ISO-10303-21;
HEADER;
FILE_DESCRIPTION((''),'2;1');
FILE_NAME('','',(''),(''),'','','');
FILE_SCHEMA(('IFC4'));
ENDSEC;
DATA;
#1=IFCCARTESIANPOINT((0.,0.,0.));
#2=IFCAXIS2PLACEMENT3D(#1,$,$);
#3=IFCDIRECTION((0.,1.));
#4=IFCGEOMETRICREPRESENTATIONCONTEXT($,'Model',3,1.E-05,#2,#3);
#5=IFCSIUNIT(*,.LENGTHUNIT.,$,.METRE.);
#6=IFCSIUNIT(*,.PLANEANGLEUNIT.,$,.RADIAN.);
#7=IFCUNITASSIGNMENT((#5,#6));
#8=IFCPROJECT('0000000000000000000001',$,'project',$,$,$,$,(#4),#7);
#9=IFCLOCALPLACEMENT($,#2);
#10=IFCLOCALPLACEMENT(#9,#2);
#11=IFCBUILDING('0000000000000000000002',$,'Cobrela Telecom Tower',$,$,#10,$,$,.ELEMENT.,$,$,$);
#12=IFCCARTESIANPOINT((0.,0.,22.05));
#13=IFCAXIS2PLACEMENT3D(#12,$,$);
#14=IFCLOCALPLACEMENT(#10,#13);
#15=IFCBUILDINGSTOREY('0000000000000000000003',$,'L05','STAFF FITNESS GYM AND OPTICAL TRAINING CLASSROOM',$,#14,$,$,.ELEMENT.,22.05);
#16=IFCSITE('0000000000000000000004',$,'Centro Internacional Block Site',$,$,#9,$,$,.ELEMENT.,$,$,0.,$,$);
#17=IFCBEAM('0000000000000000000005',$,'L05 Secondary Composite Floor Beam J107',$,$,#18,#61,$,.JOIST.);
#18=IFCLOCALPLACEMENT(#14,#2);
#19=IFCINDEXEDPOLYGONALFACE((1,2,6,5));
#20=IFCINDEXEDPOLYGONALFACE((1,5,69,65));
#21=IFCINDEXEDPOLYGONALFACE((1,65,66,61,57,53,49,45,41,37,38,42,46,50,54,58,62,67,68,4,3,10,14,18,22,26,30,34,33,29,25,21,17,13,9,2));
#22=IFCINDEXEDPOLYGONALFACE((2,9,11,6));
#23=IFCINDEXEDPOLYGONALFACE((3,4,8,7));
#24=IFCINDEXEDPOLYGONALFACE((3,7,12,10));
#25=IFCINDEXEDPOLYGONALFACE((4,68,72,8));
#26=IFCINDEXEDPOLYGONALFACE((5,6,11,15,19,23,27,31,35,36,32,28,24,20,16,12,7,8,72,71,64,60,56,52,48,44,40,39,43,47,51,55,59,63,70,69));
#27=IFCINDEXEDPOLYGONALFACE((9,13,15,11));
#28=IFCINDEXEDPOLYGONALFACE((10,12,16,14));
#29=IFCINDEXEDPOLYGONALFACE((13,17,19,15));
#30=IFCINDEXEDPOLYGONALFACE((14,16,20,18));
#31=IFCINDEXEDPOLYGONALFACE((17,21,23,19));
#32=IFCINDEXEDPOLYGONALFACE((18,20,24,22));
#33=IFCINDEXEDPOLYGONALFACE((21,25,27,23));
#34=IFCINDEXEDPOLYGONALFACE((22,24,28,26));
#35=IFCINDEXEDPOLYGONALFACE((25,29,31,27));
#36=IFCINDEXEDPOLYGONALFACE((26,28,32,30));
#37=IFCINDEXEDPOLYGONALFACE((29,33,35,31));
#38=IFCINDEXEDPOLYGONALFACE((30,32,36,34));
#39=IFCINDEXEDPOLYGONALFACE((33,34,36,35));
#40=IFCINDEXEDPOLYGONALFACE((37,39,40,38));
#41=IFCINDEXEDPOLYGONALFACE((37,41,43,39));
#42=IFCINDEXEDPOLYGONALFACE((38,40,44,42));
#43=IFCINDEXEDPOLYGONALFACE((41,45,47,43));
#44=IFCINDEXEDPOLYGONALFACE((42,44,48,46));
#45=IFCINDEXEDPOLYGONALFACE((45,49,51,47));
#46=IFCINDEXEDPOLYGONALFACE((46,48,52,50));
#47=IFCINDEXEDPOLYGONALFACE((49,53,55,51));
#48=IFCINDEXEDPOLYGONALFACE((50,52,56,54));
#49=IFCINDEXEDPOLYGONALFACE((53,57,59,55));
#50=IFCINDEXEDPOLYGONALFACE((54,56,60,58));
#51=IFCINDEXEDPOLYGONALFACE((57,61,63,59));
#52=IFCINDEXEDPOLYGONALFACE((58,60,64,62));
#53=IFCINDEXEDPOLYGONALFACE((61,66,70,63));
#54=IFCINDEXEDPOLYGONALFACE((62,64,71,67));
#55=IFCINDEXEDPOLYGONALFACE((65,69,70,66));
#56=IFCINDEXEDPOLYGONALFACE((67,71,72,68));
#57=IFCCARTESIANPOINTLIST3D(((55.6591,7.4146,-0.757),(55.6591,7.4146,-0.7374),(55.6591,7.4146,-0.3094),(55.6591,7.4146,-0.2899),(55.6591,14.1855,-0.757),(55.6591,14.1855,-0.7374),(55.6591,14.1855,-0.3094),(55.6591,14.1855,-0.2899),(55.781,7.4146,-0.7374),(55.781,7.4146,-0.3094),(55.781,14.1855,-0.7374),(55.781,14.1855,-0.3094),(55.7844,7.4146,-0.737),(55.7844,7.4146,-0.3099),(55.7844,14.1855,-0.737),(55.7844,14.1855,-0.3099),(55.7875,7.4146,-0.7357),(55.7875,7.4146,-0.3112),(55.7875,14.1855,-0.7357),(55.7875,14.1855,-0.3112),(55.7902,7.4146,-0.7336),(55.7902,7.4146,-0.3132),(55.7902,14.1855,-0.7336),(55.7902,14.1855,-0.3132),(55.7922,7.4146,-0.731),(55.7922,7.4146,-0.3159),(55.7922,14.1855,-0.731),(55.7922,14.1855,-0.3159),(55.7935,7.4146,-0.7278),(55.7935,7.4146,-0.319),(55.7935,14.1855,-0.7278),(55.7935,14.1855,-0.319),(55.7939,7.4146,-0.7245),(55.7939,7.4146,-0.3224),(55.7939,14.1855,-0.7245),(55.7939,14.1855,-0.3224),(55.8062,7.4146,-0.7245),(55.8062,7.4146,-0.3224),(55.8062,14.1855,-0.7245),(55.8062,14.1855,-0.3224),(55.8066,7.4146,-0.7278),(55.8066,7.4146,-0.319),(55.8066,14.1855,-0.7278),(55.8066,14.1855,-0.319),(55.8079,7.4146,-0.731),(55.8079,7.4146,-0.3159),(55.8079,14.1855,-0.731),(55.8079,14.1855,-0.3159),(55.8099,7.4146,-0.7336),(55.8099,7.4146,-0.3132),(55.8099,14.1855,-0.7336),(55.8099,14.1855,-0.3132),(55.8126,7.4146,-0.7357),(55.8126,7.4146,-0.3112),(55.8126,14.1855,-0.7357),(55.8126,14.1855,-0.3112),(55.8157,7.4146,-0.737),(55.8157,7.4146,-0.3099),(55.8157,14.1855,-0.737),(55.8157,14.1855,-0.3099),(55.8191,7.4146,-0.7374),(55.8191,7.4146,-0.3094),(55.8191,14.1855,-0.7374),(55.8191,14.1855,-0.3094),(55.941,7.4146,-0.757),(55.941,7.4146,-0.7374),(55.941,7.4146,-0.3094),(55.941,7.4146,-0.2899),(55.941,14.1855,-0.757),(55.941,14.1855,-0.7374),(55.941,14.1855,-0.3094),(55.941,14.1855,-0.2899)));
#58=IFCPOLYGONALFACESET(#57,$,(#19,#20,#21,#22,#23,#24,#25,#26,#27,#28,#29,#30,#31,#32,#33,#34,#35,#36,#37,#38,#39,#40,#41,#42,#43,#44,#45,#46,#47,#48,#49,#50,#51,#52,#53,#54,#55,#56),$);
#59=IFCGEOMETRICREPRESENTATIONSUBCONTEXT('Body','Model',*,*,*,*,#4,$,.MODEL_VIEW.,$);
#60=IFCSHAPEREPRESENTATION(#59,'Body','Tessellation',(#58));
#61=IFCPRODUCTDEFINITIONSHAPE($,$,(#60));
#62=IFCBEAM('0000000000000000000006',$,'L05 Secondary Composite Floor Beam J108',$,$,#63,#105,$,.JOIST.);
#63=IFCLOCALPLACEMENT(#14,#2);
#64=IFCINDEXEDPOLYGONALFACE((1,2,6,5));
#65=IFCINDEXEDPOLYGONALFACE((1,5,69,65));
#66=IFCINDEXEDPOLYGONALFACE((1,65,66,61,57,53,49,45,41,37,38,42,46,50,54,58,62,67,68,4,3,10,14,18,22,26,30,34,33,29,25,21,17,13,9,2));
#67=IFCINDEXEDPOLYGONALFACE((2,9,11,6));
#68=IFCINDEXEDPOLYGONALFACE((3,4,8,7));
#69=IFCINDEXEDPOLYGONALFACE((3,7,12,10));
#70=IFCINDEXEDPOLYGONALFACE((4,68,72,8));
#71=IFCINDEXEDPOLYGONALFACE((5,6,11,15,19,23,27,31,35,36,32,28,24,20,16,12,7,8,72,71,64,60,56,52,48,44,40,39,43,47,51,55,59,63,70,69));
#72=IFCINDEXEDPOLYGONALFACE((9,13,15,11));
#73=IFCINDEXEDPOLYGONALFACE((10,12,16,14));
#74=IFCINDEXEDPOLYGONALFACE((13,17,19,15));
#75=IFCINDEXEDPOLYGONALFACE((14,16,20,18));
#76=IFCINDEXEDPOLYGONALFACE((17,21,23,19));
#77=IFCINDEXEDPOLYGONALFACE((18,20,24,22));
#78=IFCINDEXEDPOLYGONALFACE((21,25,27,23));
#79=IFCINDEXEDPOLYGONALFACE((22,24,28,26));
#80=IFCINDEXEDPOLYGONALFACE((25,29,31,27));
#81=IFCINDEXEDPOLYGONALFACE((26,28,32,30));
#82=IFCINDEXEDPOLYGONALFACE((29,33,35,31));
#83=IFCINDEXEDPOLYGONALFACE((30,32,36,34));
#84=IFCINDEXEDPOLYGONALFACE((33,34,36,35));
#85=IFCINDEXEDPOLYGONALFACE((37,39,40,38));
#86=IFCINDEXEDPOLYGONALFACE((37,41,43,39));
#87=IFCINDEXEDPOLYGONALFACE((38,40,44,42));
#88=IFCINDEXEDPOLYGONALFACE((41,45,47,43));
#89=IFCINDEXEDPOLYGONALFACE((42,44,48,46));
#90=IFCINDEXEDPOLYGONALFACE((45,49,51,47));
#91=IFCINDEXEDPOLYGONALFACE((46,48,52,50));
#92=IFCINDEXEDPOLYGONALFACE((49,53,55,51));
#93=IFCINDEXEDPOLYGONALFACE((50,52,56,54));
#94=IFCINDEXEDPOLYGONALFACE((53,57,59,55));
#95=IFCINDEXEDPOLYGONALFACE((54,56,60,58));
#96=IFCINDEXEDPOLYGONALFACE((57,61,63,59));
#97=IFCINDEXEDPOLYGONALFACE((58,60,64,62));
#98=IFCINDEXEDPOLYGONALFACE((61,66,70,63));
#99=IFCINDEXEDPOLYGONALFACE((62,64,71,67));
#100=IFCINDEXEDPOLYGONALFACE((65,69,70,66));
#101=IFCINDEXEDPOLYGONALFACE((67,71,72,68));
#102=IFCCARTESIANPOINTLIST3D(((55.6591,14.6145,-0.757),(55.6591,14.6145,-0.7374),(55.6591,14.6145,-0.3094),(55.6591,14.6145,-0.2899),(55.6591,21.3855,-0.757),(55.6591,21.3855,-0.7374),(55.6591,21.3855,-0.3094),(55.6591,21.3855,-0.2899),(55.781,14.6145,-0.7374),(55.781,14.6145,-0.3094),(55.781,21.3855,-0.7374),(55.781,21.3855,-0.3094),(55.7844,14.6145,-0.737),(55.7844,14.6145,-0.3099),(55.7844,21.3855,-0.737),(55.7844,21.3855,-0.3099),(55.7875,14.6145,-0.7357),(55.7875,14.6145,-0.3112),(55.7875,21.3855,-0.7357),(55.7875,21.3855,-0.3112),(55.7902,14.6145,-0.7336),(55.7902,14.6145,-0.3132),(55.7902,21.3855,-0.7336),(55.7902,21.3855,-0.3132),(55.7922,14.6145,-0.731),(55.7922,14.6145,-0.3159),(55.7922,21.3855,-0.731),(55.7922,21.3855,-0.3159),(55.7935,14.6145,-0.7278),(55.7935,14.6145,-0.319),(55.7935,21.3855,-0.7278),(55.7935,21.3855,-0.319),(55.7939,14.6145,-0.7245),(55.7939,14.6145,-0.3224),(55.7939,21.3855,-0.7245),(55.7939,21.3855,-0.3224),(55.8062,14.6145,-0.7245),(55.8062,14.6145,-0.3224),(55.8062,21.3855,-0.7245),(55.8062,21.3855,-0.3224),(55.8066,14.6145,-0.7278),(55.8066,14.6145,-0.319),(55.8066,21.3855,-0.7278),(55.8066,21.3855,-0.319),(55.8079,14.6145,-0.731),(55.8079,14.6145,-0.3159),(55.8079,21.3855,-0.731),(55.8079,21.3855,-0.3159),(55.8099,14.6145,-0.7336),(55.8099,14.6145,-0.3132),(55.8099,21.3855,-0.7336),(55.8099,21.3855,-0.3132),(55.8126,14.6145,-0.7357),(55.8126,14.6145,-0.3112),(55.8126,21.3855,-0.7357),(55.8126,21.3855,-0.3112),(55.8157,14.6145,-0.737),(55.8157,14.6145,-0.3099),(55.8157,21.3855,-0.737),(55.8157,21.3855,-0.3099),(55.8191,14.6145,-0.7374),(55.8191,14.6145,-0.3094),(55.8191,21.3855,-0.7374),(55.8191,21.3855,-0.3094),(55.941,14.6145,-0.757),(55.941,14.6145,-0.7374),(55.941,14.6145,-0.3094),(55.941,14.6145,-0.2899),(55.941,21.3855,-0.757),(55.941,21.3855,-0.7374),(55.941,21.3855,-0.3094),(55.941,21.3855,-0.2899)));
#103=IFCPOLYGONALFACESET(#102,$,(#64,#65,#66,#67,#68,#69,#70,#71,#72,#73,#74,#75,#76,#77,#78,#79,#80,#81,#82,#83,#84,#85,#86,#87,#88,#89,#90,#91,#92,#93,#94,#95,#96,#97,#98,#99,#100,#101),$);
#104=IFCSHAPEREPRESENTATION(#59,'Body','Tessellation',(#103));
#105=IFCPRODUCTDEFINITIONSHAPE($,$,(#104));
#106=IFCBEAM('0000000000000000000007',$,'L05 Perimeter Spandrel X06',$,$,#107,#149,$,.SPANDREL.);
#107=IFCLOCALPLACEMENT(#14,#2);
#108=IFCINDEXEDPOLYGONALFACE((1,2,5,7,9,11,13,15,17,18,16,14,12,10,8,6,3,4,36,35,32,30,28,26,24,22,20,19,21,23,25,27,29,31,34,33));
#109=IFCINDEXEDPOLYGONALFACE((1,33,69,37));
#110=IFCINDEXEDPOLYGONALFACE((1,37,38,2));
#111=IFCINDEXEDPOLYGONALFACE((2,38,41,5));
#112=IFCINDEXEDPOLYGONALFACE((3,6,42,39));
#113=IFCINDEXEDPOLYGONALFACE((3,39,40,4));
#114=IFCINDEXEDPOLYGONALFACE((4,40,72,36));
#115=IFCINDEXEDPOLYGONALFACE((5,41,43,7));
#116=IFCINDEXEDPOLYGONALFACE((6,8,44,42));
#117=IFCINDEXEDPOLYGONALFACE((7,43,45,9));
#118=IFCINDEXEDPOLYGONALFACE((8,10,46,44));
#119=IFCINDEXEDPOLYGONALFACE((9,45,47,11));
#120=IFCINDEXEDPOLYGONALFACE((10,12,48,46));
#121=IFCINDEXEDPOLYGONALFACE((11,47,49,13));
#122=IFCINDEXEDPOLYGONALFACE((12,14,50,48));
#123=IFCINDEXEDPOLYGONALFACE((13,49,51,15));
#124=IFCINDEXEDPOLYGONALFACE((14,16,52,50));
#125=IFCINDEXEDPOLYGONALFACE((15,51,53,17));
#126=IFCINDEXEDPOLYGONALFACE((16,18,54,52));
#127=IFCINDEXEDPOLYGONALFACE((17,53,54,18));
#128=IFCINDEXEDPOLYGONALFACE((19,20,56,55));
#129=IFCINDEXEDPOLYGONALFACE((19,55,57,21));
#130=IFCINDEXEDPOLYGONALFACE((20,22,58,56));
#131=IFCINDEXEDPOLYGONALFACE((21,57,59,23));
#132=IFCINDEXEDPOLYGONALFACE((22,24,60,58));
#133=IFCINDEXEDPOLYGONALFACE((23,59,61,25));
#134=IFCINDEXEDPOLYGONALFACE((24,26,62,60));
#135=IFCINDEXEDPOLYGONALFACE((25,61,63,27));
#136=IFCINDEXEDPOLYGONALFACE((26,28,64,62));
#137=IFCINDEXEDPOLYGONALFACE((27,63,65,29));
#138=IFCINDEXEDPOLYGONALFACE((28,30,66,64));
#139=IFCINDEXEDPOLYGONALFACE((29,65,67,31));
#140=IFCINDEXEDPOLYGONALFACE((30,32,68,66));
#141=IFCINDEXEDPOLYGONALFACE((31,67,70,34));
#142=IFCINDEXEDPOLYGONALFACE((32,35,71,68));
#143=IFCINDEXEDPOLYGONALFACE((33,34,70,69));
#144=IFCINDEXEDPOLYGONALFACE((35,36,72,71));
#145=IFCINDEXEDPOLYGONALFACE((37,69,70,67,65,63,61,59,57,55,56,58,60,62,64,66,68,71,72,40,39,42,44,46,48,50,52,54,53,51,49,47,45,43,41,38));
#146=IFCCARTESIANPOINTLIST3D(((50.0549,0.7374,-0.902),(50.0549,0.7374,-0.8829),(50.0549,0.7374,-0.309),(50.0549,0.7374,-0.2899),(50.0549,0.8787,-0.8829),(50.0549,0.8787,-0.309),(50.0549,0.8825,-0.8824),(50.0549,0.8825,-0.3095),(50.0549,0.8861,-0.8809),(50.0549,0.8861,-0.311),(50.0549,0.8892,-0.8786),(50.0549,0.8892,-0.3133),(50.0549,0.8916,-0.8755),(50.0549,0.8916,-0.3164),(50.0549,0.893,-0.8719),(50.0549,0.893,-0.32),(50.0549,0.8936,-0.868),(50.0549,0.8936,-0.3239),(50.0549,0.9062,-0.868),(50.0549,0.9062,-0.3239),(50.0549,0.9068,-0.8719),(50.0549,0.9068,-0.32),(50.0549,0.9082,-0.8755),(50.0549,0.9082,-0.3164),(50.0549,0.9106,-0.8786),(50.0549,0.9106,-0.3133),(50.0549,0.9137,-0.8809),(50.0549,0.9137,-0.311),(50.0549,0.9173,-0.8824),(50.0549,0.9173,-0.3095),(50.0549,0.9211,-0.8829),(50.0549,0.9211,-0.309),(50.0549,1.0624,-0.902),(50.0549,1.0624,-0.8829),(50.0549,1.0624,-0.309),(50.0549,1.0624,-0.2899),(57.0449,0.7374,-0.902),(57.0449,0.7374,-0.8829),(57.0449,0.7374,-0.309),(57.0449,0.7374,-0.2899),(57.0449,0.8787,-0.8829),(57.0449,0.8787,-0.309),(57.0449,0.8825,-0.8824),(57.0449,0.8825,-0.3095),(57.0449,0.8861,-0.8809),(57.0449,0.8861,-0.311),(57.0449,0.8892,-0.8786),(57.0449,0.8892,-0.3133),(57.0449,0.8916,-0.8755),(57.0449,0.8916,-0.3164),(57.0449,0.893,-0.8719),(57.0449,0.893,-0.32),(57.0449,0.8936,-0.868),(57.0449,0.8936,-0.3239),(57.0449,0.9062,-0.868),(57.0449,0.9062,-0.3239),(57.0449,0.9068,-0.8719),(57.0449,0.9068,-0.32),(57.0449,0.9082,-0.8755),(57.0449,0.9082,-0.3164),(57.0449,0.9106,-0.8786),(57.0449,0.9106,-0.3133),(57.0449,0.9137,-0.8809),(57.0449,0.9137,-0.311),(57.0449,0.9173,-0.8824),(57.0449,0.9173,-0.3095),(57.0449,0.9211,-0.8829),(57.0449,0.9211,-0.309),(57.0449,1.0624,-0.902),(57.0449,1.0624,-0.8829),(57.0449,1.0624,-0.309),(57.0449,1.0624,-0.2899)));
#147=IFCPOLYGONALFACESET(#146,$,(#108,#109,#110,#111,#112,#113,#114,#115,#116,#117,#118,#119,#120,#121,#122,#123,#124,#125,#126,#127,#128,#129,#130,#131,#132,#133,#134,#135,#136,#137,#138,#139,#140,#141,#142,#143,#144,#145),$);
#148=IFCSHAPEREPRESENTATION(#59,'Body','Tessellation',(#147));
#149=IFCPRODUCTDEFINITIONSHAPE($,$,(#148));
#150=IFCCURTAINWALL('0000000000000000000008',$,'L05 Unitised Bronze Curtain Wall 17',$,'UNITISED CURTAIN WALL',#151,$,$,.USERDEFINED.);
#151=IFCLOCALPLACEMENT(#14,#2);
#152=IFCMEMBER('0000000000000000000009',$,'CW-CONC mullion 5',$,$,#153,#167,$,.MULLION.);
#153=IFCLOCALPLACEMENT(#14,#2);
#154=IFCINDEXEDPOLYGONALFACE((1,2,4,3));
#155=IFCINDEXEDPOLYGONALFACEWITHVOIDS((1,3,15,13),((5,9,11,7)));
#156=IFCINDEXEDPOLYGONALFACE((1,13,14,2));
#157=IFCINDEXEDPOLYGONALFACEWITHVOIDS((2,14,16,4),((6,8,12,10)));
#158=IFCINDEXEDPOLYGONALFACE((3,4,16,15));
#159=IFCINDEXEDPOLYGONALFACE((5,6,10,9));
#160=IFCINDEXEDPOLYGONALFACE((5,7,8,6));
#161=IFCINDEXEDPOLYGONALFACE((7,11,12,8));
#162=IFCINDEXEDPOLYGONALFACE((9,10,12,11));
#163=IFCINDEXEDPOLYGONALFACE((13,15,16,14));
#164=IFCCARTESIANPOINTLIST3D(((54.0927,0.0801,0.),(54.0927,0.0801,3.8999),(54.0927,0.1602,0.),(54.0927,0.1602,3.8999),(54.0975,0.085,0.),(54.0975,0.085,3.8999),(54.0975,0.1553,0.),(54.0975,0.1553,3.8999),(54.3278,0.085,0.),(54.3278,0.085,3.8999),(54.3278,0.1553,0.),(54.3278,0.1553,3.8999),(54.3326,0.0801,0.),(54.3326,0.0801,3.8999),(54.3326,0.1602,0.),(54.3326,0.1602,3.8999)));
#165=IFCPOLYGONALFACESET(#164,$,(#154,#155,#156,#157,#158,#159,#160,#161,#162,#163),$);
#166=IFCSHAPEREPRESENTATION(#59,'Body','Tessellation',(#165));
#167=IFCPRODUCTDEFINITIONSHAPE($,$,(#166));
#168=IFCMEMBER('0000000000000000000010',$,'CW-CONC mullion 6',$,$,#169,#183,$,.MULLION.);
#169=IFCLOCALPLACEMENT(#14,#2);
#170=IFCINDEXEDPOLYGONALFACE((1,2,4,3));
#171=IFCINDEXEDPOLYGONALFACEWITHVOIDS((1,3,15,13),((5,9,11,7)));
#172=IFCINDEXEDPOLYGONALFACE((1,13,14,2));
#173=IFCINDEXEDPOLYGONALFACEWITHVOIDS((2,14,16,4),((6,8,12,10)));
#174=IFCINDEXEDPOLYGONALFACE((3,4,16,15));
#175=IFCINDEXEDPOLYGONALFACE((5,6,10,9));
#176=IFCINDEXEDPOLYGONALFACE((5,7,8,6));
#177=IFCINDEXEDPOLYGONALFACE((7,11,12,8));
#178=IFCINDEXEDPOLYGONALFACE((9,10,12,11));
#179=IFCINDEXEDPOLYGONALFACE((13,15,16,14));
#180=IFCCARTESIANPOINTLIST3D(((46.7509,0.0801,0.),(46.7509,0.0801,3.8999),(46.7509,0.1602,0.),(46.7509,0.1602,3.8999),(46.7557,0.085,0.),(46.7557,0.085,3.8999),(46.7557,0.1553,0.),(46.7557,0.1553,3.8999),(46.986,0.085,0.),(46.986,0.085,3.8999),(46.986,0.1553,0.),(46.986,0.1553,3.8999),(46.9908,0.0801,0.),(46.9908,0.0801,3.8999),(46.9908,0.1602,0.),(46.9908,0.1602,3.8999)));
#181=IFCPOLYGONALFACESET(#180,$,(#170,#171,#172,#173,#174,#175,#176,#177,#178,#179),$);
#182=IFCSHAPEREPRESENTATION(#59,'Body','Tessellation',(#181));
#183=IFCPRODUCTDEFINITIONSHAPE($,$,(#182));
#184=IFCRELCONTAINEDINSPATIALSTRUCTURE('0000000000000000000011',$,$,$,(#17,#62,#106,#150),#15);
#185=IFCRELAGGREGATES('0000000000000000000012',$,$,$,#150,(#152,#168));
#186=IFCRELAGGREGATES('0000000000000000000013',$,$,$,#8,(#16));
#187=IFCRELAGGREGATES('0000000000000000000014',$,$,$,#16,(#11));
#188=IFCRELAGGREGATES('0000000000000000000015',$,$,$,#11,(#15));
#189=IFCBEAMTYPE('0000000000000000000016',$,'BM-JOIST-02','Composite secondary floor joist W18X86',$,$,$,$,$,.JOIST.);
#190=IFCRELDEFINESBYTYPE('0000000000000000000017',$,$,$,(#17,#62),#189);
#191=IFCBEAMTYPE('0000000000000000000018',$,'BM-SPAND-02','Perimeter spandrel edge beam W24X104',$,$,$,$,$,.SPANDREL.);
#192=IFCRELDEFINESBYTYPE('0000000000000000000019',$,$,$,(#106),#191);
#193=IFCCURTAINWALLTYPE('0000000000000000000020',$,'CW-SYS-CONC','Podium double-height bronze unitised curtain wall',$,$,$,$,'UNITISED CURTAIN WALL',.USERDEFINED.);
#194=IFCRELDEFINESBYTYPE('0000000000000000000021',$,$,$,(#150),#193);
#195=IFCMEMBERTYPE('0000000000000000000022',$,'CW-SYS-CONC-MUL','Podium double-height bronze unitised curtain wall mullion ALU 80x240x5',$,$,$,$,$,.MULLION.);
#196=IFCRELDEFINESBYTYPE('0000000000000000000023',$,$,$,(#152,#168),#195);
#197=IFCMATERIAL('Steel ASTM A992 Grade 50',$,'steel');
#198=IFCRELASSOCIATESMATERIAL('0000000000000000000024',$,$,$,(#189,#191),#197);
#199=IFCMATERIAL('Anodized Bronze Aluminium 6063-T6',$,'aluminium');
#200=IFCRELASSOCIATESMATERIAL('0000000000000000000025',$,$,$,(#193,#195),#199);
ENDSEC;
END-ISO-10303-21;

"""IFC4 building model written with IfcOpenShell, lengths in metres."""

from ifc_helpers import new_model, si_unit, direction, frame, origin, origin_2d, place, context, subcontext, project, spatial, hollow_rectangle, i_section, extrude, material, material_profile, profile_set, type_object, element, aggregate, save


model = new_model("IFC4")

# Units and contexts
model_context = context("Model", 3, precision=1e-05, world=origin(), true_north=direction((0.0, 1.0)))
body_context = subcontext(model_context, "Body", "Model", "MODEL_VIEW")
ifc_project = project(units=[si_unit("LENGTHUNIT", "METRE"), si_unit("PLANEANGLEUNIT", "RADIAN")], contexts=[model_context])

# Site, building, storey
site_placement = place(None, origin())
site = spatial("IfcSite", under=ifc_project, at=site_placement, Name="Centro Internacional Block Site", CompositionType="ELEMENT", RefElevation=0.0)
building_placement = place(site_placement, origin())
building = spatial("IfcBuilding", under=site, at=building_placement, Name="Cobrela Telecom Tower", CompositionType="ELEMENT")
storey_placement = place(building_placement, frame((0.0, 0.0, 22.05)))
storey = spatial("IfcBuildingStorey", under=building, at=storey_placement, Name="L05", Description="STAFF FITNESS GYM AND OPTICAL TRAINING CLASSROOM", CompositionType="ELEMENT", Elevation=22.05)

# Beams
ifc_material_1 = material(Name="Steel ASTM A992 Grade 50", Category="steel")
ifc_material_profile_1 = material_profile(ifc_material_1, i_section(OverallWidth=0.282, OverallDepth=0.467, WebThickness=0.0122, FlangeThickness=0.0195, FilletRadius=0.0129, at=origin_2d()), Name="W18X86")
ifc_profile_set_1 = profile_set([ifc_material_profile_1], Name="Steel ASTM A992 Grade 50")
beam_type_1 = type_object("IfcBeamType", Name="BM-JOIST-02", Description="Composite secondary floor joist W18X86", PredefinedType="JOIST", material=ifc_profile_set_1)
for number, where, z_axis, x_axis, name in (
    (1, (55.8, 7.4146, -0.5234), (0.0, 1.0, 0.0), (-1.0, 0.0, 0.0), "L05 Secondary Composite Floor Beam J107"),
    (2, (55.8, 14.6145, -0.5234), (0.0, 1.0, 0.0), (-1.0, 0.0, 0.0), "L05 Secondary Composite Floor Beam J108"),
):
    element("IfcBeam", number, at=place(storey_placement, frame(where, z_axis=z_axis, x_axis=x_axis)), inside=storey, type_object=beam_type_1, Name=name, PredefinedType="JOIST", context=body_context, shape_type="SweptSolid", body=[
        extrude(i_section(OverallWidth=0.282, OverallDepth=0.467, WebThickness=0.0122, FlangeThickness=0.0195, FilletRadius=0.0129, at=origin_2d()), origin(), (0.0, 0.0, 1.0), 6.771),
    ])
ifc_material_profile_2 = material_profile(ifc_material_1, i_section(OverallWidth=0.325, OverallDepth=0.6121, WebThickness=0.0127, FlangeThickness=0.019, FilletRadius=0.0149, at=origin_2d()), Name="W24X104")
ifc_profile_set_2 = profile_set([ifc_material_profile_2], Name="Steel ASTM A992 Grade 50")
beam_type_2 = type_object("IfcBeamType", Name="BM-SPAND-02", Description="Perimeter spandrel edge beam W24X104", PredefinedType="SPANDREL", material=ifc_profile_set_2)
beam_1_placement = place(storey_placement, frame((50.0549, 0.8999, -0.5959), z_axis=(1.0, 0.0, 0.0), x_axis=(0.0, 1.0, 0.0)))
element("IfcBeam", 3, at=beam_1_placement, inside=storey, type_object=beam_type_2, Name="L05 Perimeter Spandrel X06", PredefinedType="SPANDREL", context=body_context, shape_type="SweptSolid", body=[
    extrude(i_section(OverallWidth=0.325, OverallDepth=0.6121, WebThickness=0.0127, FlangeThickness=0.019, FilletRadius=0.0149, at=origin_2d()), origin(), (0.0, 0.0, 1.0), 6.99),
])

# Curtain wall, members
ifc_material_2 = material(Name="Anodized Bronze Aluminium 6063-T6", Category="aluminium")
curtain_wall_type = type_object("IfcCurtainWallType", Name="CW-SYS-CONC", Description="Podium double-height bronze unitised curtain wall", ElementType="UNITISED CURTAIN WALL", PredefinedType="USERDEFINED", material=ifc_material_2)
curtain_wall_placement = place(storey_placement, origin())
curtain_wall = element("IfcCurtainWall", 4, at=curtain_wall_placement, inside=storey, type_object=curtain_wall_type, Name="L05 Unitised Bronze Curtain Wall 17", ObjectType="UNITISED CURTAIN WALL", PredefinedType="USERDEFINED")
ifc_material_profile_3 = material_profile(ifc_material_2, hollow_rectangle(XDim=0.0801, YDim=0.24, WallThickness=0.0049, at=origin_2d()), Name="ALU 80x240x5")
ifc_profile_set_3 = profile_set([ifc_material_profile_3], Name="Anodized Bronze Aluminium 6063-T6")
member_type_1 = type_object("IfcMemberType", Name="CW-SYS-CONC-MUL", Description="Podium double-height bronze unitised curtain wall mullion ALU 80x240x5", PredefinedType="MULLION", material=ifc_profile_set_3)
member_1_placement = place(storey_placement, frame((54.2126, 0.1201, 0.0), z_axis=(0.0, 0.0, 1.0), x_axis=(0.0, -1.0, 0.0)))
member_1 = element("IfcMember", 5, at=member_1_placement, type_object=member_type_1, Name="CW-CONC mullion 5", PredefinedType="MULLION", context=body_context, shape_type="SweptSolid", body=[
    extrude(hollow_rectangle(XDim=0.0801, YDim=0.24, WallThickness=0.0049, at=origin_2d()), origin(), (0.0, 0.0, 1.0), 3.8999),
])
member_2_placement = place(storey_placement, frame((46.8708, 0.1201, 0.0), z_axis=(0.0, 0.0, 1.0), x_axis=(0.0, -1.0, 0.0)))
member_2 = element("IfcMember", 6, at=member_2_placement, type_object=member_type_1, Name="CW-CONC mullion 6", PredefinedType="MULLION", context=body_context, shape_type="SweptSolid", body=[
    extrude(hollow_rectangle(XDim=0.0801, YDim=0.24, WallThickness=0.0049, at=origin_2d()), origin(), (0.0, 0.0, 1.0), 3.8999),
])
aggregate(curtain_wall, [member_1, member_2])

save(model, "model.ifc")
